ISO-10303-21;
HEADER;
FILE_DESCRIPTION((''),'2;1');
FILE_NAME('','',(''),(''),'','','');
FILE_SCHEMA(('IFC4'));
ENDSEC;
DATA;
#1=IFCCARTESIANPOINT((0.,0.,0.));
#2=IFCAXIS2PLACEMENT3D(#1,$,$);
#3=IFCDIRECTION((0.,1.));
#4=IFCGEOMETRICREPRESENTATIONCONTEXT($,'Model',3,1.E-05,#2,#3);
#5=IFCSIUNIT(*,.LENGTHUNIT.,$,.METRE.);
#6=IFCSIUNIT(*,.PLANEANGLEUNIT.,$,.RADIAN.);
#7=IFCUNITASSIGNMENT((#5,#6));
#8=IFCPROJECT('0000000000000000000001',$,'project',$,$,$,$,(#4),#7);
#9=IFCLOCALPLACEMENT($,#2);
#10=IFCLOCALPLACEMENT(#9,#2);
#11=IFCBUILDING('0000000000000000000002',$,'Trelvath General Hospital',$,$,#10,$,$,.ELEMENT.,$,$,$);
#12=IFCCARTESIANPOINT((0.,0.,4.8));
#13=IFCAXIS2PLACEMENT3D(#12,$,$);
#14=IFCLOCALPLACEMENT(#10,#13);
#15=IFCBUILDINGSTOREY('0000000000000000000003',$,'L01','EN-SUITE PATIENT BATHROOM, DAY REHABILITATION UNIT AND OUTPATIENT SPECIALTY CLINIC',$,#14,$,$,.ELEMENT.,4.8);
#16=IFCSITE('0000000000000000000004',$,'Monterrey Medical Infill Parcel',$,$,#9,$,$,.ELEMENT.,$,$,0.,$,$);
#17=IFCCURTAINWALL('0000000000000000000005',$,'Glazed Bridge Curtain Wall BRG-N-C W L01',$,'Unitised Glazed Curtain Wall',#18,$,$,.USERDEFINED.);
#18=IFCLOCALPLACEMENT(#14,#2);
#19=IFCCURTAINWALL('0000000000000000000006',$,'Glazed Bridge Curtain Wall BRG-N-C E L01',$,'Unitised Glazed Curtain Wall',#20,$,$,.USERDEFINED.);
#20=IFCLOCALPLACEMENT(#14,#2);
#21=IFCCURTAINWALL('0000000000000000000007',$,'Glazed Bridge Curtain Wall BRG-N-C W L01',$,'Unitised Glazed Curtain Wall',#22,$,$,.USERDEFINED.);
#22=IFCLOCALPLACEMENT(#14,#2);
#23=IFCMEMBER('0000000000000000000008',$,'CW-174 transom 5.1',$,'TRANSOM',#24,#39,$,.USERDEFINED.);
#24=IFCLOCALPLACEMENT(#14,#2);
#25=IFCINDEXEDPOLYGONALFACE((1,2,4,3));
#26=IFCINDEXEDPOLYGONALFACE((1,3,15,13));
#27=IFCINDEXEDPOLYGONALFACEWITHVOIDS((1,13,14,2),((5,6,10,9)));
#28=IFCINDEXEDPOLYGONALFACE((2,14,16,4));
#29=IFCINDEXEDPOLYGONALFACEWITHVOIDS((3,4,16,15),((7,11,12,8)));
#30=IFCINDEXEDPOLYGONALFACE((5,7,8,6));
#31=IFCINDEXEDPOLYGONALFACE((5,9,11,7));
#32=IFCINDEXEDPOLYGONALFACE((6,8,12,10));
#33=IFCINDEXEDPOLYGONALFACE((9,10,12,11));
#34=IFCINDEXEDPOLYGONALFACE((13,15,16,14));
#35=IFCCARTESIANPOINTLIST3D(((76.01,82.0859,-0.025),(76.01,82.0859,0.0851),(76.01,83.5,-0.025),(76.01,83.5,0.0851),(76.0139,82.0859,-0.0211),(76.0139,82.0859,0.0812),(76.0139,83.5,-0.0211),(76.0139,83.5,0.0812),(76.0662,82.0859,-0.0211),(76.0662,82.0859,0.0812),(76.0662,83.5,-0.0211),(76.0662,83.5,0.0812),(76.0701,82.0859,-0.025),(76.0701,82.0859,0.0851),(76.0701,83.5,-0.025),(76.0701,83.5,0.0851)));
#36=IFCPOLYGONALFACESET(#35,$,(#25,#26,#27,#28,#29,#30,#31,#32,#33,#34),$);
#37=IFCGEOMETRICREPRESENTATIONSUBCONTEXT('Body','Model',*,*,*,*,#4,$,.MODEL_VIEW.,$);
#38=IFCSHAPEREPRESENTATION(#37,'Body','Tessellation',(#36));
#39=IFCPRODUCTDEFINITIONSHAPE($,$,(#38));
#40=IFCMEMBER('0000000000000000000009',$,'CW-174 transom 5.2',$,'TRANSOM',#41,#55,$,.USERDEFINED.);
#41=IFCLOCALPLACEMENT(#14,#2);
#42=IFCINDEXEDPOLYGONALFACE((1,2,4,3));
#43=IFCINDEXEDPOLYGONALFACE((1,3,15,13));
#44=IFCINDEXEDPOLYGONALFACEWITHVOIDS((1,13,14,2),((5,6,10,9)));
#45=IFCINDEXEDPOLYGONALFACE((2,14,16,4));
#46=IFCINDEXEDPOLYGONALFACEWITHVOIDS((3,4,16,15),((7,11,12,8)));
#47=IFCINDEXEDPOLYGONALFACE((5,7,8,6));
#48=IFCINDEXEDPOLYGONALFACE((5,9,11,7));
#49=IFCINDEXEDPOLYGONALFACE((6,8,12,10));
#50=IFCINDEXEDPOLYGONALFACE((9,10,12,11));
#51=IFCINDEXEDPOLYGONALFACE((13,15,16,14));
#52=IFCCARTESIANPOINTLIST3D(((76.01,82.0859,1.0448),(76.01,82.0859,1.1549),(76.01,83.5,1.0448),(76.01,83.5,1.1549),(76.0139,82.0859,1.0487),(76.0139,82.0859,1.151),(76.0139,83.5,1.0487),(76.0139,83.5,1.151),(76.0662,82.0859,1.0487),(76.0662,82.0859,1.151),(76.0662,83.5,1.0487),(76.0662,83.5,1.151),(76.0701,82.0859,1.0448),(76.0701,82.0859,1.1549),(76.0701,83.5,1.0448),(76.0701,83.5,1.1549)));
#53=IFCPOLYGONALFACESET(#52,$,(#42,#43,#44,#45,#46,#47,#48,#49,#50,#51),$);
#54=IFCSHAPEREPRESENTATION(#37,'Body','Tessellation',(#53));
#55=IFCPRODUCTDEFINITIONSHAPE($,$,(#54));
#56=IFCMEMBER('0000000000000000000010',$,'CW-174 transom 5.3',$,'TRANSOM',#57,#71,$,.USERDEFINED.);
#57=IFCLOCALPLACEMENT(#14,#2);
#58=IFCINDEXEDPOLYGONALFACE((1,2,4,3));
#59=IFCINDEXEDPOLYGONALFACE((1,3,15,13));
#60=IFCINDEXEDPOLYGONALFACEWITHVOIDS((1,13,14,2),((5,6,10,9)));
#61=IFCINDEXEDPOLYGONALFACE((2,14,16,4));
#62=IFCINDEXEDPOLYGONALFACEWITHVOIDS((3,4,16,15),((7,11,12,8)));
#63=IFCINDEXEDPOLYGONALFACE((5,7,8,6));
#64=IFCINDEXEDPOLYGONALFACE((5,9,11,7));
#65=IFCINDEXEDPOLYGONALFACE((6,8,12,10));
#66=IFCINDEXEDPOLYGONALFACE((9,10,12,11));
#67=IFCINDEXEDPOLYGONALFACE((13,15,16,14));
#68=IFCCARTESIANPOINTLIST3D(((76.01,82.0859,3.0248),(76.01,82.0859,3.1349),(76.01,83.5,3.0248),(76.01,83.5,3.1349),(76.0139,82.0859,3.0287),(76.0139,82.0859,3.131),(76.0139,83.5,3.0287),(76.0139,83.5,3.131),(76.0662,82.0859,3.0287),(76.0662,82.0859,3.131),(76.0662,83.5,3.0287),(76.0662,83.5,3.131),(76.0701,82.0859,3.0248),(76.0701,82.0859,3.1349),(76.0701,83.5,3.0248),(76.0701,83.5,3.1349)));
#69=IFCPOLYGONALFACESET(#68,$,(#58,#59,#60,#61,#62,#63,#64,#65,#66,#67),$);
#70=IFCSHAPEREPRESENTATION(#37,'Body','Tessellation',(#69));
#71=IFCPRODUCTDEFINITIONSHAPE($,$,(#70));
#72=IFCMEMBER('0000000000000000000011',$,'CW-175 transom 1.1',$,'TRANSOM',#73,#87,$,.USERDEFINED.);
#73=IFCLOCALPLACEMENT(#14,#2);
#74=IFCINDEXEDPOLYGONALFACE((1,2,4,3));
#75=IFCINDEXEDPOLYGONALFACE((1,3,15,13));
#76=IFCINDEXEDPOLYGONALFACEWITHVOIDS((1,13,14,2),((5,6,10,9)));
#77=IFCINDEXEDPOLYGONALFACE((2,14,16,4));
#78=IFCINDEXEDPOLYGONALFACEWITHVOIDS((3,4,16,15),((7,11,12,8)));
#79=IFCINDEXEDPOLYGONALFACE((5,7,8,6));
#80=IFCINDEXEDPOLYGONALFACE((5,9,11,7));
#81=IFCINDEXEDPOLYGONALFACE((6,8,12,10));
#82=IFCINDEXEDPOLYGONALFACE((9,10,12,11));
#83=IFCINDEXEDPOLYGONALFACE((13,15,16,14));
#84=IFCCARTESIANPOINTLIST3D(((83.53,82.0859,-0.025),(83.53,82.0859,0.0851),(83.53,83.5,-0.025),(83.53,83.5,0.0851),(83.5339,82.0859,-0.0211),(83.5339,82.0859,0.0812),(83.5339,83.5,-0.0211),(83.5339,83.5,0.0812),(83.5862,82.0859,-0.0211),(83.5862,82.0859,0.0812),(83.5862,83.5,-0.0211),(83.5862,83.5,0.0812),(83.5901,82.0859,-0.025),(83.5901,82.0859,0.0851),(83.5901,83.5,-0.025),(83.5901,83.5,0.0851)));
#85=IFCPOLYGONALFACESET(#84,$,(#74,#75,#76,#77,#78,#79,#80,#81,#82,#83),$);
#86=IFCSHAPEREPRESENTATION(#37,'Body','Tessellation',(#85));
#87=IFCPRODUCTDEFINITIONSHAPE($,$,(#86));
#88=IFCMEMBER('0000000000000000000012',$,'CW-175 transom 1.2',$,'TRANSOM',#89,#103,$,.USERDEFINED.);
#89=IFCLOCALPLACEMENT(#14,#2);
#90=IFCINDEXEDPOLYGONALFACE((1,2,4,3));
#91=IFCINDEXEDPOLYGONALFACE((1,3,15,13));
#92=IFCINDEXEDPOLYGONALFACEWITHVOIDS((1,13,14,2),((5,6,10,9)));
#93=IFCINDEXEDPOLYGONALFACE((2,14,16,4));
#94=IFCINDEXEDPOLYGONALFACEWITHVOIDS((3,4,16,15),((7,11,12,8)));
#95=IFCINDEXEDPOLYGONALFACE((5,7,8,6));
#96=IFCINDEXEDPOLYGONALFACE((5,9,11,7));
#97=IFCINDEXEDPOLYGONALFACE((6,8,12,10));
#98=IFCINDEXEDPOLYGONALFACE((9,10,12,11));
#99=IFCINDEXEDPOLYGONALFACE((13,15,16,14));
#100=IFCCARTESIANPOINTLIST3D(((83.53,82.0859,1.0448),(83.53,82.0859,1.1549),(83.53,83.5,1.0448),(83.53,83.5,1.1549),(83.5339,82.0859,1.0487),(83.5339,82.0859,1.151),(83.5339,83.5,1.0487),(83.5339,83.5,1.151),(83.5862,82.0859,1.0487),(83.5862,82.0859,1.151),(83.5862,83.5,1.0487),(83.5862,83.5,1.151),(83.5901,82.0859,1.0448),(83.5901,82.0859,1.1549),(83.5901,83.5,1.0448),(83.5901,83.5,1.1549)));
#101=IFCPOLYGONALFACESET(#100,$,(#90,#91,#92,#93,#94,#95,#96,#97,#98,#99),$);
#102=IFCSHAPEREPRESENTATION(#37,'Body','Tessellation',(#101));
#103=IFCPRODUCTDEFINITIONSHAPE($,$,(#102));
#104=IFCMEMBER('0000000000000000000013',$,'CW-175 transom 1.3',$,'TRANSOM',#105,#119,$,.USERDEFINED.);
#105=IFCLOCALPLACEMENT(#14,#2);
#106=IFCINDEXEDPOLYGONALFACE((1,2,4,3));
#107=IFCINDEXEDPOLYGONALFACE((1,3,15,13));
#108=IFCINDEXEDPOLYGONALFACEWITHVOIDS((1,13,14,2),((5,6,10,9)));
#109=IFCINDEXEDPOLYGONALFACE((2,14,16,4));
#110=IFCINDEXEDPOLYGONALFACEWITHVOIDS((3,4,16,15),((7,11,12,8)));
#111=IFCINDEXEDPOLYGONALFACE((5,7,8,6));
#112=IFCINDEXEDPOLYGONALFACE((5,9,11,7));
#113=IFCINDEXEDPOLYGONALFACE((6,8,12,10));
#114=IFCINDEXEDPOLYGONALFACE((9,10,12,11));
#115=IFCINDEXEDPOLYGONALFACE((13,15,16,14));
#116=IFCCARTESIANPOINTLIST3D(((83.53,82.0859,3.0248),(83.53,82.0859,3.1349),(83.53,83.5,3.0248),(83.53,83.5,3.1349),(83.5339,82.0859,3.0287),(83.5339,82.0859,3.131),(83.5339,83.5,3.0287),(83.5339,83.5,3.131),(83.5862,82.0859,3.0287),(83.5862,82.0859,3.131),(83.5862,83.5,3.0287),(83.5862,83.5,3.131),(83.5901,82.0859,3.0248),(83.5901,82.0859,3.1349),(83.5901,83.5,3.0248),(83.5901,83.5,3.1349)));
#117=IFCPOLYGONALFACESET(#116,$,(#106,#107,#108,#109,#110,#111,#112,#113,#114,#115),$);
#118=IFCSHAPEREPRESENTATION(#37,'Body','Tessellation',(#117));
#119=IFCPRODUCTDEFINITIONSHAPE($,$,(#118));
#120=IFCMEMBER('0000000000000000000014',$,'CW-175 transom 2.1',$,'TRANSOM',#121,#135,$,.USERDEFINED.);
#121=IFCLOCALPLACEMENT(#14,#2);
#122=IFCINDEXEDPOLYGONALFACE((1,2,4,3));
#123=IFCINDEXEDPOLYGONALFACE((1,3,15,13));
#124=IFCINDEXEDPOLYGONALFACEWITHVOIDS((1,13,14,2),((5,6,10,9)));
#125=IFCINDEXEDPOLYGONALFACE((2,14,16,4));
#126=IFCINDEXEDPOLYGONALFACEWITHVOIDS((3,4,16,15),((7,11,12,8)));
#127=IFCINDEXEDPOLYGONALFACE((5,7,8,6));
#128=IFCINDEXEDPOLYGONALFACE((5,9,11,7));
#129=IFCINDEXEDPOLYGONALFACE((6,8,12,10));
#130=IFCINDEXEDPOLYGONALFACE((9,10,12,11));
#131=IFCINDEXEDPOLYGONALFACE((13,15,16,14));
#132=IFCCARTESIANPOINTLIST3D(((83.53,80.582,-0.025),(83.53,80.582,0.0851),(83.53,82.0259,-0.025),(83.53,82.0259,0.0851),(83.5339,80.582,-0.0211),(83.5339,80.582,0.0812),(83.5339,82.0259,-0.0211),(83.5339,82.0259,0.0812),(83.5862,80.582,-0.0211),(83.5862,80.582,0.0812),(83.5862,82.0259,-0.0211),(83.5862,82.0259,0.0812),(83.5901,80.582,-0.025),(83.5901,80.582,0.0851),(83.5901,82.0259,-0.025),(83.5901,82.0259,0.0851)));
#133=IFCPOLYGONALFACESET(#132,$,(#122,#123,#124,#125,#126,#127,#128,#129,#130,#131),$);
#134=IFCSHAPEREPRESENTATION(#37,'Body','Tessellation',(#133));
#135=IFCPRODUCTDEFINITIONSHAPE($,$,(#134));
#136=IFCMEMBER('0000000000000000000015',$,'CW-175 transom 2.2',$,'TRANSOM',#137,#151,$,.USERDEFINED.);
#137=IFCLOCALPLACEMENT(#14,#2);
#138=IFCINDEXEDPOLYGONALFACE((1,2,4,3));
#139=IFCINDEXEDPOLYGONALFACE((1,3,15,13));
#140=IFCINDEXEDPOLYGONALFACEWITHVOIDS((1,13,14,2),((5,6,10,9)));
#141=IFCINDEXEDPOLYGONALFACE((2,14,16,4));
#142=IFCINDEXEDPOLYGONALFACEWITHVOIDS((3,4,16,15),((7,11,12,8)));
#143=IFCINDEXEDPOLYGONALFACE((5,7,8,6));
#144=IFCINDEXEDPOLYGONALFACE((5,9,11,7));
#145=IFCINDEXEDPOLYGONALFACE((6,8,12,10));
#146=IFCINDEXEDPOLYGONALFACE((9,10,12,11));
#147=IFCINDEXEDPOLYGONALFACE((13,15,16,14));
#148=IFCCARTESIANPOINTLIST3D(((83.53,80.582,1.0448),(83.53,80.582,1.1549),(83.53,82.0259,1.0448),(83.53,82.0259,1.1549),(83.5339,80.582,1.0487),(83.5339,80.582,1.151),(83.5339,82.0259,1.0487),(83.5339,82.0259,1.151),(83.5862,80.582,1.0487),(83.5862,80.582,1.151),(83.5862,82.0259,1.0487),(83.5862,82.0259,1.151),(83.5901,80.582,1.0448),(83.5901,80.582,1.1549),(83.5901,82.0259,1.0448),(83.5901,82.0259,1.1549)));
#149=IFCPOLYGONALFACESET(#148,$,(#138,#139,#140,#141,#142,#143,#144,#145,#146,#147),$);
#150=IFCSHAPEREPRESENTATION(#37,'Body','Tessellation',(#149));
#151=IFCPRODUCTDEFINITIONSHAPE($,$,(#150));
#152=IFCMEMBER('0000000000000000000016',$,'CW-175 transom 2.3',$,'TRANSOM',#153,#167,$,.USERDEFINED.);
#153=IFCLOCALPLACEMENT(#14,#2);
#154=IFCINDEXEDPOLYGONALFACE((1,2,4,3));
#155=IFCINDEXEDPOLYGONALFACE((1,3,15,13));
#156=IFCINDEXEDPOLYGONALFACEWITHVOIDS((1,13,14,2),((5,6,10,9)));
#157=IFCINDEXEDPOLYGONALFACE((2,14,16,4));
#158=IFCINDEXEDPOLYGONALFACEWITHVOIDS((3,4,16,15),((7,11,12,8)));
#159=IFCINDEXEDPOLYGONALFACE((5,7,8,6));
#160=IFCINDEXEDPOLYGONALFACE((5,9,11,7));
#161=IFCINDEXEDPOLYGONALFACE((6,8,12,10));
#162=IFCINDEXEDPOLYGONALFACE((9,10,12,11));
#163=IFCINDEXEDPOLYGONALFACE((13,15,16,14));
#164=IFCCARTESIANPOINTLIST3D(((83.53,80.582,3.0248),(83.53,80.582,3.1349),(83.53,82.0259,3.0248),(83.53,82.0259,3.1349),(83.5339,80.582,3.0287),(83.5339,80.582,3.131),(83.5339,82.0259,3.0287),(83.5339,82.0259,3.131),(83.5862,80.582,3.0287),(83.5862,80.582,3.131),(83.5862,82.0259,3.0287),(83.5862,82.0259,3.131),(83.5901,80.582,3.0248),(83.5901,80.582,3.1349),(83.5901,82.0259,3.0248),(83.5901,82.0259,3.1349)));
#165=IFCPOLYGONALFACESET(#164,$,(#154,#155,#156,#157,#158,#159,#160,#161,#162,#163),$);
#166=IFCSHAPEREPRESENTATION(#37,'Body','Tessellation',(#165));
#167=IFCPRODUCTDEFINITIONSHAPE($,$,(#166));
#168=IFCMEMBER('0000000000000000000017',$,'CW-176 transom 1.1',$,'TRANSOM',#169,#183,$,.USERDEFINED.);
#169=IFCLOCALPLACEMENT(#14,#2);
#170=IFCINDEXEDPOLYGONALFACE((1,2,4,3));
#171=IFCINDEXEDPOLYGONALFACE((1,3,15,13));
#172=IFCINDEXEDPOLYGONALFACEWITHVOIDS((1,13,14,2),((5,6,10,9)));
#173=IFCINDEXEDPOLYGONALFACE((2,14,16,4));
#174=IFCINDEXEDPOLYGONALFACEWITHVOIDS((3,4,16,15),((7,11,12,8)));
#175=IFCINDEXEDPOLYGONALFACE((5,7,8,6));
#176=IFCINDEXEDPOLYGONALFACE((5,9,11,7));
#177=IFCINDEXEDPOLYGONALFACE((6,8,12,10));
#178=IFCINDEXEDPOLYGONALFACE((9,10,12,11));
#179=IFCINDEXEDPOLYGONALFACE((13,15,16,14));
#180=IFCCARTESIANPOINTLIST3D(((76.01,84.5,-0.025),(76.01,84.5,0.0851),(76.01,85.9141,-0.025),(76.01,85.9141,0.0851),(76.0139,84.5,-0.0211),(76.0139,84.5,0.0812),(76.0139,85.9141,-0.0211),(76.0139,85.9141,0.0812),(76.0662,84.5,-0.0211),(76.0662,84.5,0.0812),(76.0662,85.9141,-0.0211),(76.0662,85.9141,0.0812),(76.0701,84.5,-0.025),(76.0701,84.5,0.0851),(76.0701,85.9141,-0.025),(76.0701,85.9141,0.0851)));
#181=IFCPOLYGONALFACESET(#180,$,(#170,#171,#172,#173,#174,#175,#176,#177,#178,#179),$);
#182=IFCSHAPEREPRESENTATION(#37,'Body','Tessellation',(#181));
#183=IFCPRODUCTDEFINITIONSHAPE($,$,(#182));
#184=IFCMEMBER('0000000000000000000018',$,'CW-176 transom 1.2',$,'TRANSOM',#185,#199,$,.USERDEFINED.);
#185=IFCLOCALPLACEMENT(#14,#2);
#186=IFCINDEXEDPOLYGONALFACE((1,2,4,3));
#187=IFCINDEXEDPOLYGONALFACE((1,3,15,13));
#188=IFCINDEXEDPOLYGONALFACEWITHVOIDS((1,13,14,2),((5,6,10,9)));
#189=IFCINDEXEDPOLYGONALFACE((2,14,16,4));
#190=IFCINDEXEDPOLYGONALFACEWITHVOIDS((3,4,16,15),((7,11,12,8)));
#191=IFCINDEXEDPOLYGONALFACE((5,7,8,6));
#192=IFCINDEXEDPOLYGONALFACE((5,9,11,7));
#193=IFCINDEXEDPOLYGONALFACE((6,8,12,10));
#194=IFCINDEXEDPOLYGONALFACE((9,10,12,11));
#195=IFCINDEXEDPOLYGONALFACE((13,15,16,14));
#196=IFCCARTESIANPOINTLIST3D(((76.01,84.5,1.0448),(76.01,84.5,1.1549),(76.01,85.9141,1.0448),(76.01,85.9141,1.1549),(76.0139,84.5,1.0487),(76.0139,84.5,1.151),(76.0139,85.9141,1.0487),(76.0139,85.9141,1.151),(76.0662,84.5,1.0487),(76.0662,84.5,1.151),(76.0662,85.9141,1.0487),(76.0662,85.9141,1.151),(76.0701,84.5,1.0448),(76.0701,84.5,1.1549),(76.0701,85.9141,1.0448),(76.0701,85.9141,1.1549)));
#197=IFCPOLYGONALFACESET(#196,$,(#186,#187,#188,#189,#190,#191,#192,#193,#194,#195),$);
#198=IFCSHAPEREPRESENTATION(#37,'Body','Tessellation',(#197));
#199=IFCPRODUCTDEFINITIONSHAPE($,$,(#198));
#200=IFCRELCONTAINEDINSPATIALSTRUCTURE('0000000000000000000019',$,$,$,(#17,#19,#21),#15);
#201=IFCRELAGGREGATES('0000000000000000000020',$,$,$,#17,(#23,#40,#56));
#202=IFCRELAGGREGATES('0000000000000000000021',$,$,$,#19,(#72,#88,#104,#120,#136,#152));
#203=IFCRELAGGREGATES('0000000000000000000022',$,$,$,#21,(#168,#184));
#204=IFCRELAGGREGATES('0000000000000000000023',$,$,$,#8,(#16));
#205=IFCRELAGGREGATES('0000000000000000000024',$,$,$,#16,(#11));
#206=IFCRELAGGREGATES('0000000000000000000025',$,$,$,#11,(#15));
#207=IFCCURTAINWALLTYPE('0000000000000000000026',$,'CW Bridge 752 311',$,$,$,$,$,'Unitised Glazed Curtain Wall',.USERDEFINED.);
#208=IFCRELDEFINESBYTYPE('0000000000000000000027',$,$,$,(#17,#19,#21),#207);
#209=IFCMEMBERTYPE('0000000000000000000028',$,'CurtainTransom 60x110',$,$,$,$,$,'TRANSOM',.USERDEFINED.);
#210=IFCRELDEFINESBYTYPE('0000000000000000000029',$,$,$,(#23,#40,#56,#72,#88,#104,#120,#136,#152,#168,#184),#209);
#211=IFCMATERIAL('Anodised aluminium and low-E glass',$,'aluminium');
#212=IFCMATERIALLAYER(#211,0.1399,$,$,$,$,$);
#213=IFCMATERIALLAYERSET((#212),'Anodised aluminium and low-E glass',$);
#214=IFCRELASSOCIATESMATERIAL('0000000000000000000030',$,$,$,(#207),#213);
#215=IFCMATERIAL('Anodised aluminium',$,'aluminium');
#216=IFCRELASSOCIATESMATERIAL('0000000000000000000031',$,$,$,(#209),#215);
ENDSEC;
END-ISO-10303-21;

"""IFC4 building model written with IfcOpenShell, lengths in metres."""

from ifc_helpers import new_model, si_unit, direction, frame, origin, origin_2d, place, context, subcontext, project, spatial, hollow_rectangle, extrude, material, layer, layer_set, material_profile, profile_set, type_object, element, aggregate, save


model = new_model("IFC4")

# Units and contexts
model_context = context("Model", 3, precision=1e-05, world=origin(), true_north=direction((0.0, 1.0)))
body_context = subcontext(model_context, "Body", "Model", "MODEL_VIEW")
ifc_project = project(units=[si_unit("LENGTHUNIT", "METRE"), si_unit("PLANEANGLEUNIT", "RADIAN")], contexts=[model_context])

# Site, building, storey
site_placement = place(None, origin())
site = spatial("IfcSite", under=ifc_project, at=site_placement, Name="Monterrey Medical Infill Parcel", CompositionType="ELEMENT", RefElevation=0.0)
building_placement = place(site_placement, origin())
building = spatial("IfcBuilding", under=site, at=building_placement, Name="Trelvath General Hospital", CompositionType="ELEMENT")
storey_placement = place(building_placement, frame((0.0, 0.0, 4.8)))
storey = spatial("IfcBuildingStorey", under=building, at=storey_placement, Name="L01", Description="EN-SUITE PATIENT BATHROOM, DAY REHABILITATION UNIT AND OUTPATIENT SPECIALTY CLINIC", CompositionType="ELEMENT", Elevation=4.8)

# Curtain walls
ifc_material_1 = material(Name="Anodised aluminium and low-E glass", Category="aluminium")
ifc_layer_1 = layer(ifc_material_1, 0.1399)
ifc_layer_set_1 = layer_set([ifc_layer_1], Name="Anodised aluminium and low-E glass")
curtain_wall_type = type_object("IfcCurtainWallType", Name="CW Bridge 752 311", ElementType="Unitised Glazed Curtain Wall", PredefinedType="USERDEFINED", material=ifc_layer_set_1)
curtain_wall_1_placement = place(storey_placement, origin())
curtain_wall_1 = element("IfcCurtainWall", 1, at=curtain_wall_1_placement, inside=storey, type_object=curtain_wall_type, Name="Glazed Bridge Curtain Wall BRG-N-C W L01", ObjectType="Unitised Glazed Curtain Wall", PredefinedType="USERDEFINED")
curtain_wall_2_placement = place(storey_placement, origin())
curtain_wall_2 = element("IfcCurtainWall", 2, at=curtain_wall_2_placement, inside=storey, type_object=curtain_wall_type, Name="Glazed Bridge Curtain Wall BRG-N-C E L01", ObjectType="Unitised Glazed Curtain Wall", PredefinedType="USERDEFINED")

# Curtain wall
curtain_wall_3_placement = place(storey_placement, origin())
curtain_wall_3 = element("IfcCurtainWall", 3, at=curtain_wall_3_placement, inside=storey, type_object=curtain_wall_type, Name="Glazed Bridge Curtain Wall BRG-N-C W L01", ObjectType="Unitised Glazed Curtain Wall", PredefinedType="USERDEFINED")

# Members
ifc_material_2 = material(Name="Anodised aluminium", Category="aluminium")
ifc_material_profile_1 = material_profile(ifc_material_2, hollow_rectangle(XDim=0.0601, YDim=0.1101, WallThickness=0.0039, at=origin_2d()), Name="RHS60x110x4")
ifc_profile_set_1 = profile_set([ifc_material_profile_1], Name="Anodised aluminium")
member_type_1 = type_object("IfcMemberType", Name="CurtainTransom 60x110", ElementType="TRANSOM", PredefinedType="USERDEFINED", material=ifc_profile_set_1)
member_1_placement = place(storey_placement, frame((76.04, 82.0859, 0.03), z_axis=(0.0, 1.0, 0.0), x_axis=(-1.0, 0.0, 0.0)))
member_1 = element("IfcMember", 4, at=member_1_placement, type_object=member_type_1, Name="CW-174 transom 5.1", ObjectType="TRANSOM", PredefinedType="USERDEFINED", context=body_context, shape_type="SweptSolid", body=[
    extrude(hollow_rectangle(XDim=0.0601, YDim=0.1101, WallThickness=0.0039, at=origin_2d()), origin(), (0.0, 0.0, 1.0), 1.4141),
])
member_2_placement = place(storey_placement, frame((76.04, 82.0859, 1.0999), z_axis=(0.0, 1.0, 0.0), x_axis=(-1.0, 0.0, 0.0)))
member_2 = element("IfcMember", 5, at=member_2_placement, type_object=member_type_1, Name="CW-174 transom 5.2", ObjectType="TRANSOM", PredefinedType="USERDEFINED", context=body_context, shape_type="SweptSolid", body=[
    extrude(hollow_rectangle(XDim=0.0601, YDim=0.1101, WallThickness=0.0039, at=origin_2d()), origin(), (0.0, 0.0, 1.0), 1.4141),
])
member_3_placement = place(storey_placement, frame((76.04, 82.0859, 3.0798), z_axis=(0.0, 1.0, 0.0), x_axis=(-1.0, 0.0, 0.0)))
member_3 = element("IfcMember", 6, at=member_3_placement, type_object=member_type_1, Name="CW-174 transom 5.3", ObjectType="TRANSOM", PredefinedType="USERDEFINED", context=body_context, shape_type="SweptSolid", body=[
    extrude(hollow_rectangle(XDim=0.0601, YDim=0.1101, WallThickness=0.0039, at=origin_2d()), origin(), (0.0, 0.0, 1.0), 1.4141),
])
member_4_placement = place(storey_placement, frame((83.5601, 83.5, 0.03), z_axis=(0.0, -1.0, 0.0), x_axis=(1.0, 0.0, 0.0)))
member_4 = element("IfcMember", 7, at=member_4_placement, type_object=member_type_1, Name="CW-175 transom 1.1", ObjectType="TRANSOM", PredefinedType="USERDEFINED", context=body_context, shape_type="SweptSolid", body=[
    extrude(hollow_rectangle(XDim=0.0601, YDim=0.1101, WallThickness=0.0039, at=origin_2d()), origin(), (0.0, 0.0, 1.0), 1.4141),
])
member_5_placement = place(storey_placement, frame((83.5601, 83.5, 1.0999), z_axis=(0.0, -1.0, 0.0), x_axis=(1.0, 0.0, 0.0)))
member_5 = element("IfcMember", 8, at=member_5_placement, type_object=member_type_1, Name="CW-175 transom 1.2", ObjectType="TRANSOM", PredefinedType="USERDEFINED", context=body_context, shape_type="SweptSolid", body=[
    extrude(hollow_rectangle(XDim=0.0601, YDim=0.1101, WallThickness=0.0039, at=origin_2d()), origin(), (0.0, 0.0, 1.0), 1.4141),
])
member_6_placement = place(storey_placement, frame((83.5601, 83.5, 3.0798), z_axis=(0.0, -1.0, 0.0), x_axis=(1.0, 0.0, 0.0)))
member_6 = element("IfcMember", 9, at=member_6_placement, type_object=member_type_1, Name="CW-175 transom 1.3", ObjectType="TRANSOM", PredefinedType="USERDEFINED", context=body_context, shape_type="SweptSolid", body=[
    extrude(hollow_rectangle(XDim=0.0601, YDim=0.1101, WallThickness=0.0039, at=origin_2d()), origin(), (0.0, 0.0, 1.0), 1.4141),
])
member_7_placement = place(storey_placement, frame((83.5601, 82.0259, 0.03), z_axis=(0.0, -1.0, 0.0), x_axis=(1.0, 0.0, 0.0)))
member_7 = element("IfcMember", 10, at=member_7_placement, type_object=member_type_1, Name="CW-175 transom 2.1", ObjectType="TRANSOM", PredefinedType="USERDEFINED", context=body_context, shape_type="SweptSolid", body=[
    extrude(hollow_rectangle(XDim=0.0601, YDim=0.1101, WallThickness=0.0039, at=origin_2d()), origin(), (0.0, 0.0, 1.0), 1.4438),
])
member_8_placement = place(storey_placement, frame((83.5601, 82.0259, 1.0999), z_axis=(0.0, -1.0, 0.0), x_axis=(1.0, 0.0, 0.0)))
member_8 = element("IfcMember", 11, at=member_8_placement, type_object=member_type_1, Name="CW-175 transom 2.2", ObjectType="TRANSOM", PredefinedType="USERDEFINED", context=body_context, shape_type="SweptSolid", body=[
    extrude(hollow_rectangle(XDim=0.0601, YDim=0.1101, WallThickness=0.0039, at=origin_2d()), origin(), (0.0, 0.0, 1.0), 1.4438),
])
member_9_placement = place(storey_placement, frame((83.5601, 82.0259, 3.0798), z_axis=(0.0, -1.0, 0.0), x_axis=(1.0, 0.0, 0.0)))
member_9 = element("IfcMember", 12, at=member_9_placement, type_object=member_type_1, Name="CW-175 transom 2.3", ObjectType="TRANSOM", PredefinedType="USERDEFINED", context=body_context, shape_type="SweptSolid", body=[
    extrude(hollow_rectangle(XDim=0.0601, YDim=0.1101, WallThickness=0.0039, at=origin_2d()), origin(), (0.0, 0.0, 1.0), 1.4438),
])
member_10_placement = place(storey_placement, frame((76.04, 84.5, 0.03), z_axis=(0.0, 1.0, 0.0), x_axis=(-1.0, 0.0, 0.0)))
member_10 = element("IfcMember", 13, at=member_10_placement, type_object=member_type_1, Name="CW-176 transom 1.1", ObjectType="TRANSOM", PredefinedType="USERDEFINED", context=body_context, shape_type="SweptSolid", body=[
    extrude(hollow_rectangle(XDim=0.0601, YDim=0.1101, WallThickness=0.0039, at=origin_2d()), origin(), (0.0, 0.0, 1.0), 1.4141),
])
member_11_placement = place(storey_placement, frame((76.04, 84.5, 1.0999), z_axis=(0.0, 1.0, 0.0), x_axis=(-1.0, 0.0, 0.0)))
member_11 = element("IfcMember", 14, at=member_11_placement, type_object=member_type_1, Name="CW-176 transom 1.2", ObjectType="TRANSOM", PredefinedType="USERDEFINED", context=body_context, shape_type="SweptSolid", body=[
    extrude(hollow_rectangle(XDim=0.0601, YDim=0.1101, WallThickness=0.0039, at=origin_2d()), origin(), (0.0, 0.0, 1.0), 1.4141),
])

aggregate(curtain_wall_1, [member_1, member_2, member_3])
aggregate(curtain_wall_2, [member_4, member_5, member_6, member_7, member_8, member_9])
aggregate(curtain_wall_3, [member_10, member_11])

save(model, "model.ifc")
